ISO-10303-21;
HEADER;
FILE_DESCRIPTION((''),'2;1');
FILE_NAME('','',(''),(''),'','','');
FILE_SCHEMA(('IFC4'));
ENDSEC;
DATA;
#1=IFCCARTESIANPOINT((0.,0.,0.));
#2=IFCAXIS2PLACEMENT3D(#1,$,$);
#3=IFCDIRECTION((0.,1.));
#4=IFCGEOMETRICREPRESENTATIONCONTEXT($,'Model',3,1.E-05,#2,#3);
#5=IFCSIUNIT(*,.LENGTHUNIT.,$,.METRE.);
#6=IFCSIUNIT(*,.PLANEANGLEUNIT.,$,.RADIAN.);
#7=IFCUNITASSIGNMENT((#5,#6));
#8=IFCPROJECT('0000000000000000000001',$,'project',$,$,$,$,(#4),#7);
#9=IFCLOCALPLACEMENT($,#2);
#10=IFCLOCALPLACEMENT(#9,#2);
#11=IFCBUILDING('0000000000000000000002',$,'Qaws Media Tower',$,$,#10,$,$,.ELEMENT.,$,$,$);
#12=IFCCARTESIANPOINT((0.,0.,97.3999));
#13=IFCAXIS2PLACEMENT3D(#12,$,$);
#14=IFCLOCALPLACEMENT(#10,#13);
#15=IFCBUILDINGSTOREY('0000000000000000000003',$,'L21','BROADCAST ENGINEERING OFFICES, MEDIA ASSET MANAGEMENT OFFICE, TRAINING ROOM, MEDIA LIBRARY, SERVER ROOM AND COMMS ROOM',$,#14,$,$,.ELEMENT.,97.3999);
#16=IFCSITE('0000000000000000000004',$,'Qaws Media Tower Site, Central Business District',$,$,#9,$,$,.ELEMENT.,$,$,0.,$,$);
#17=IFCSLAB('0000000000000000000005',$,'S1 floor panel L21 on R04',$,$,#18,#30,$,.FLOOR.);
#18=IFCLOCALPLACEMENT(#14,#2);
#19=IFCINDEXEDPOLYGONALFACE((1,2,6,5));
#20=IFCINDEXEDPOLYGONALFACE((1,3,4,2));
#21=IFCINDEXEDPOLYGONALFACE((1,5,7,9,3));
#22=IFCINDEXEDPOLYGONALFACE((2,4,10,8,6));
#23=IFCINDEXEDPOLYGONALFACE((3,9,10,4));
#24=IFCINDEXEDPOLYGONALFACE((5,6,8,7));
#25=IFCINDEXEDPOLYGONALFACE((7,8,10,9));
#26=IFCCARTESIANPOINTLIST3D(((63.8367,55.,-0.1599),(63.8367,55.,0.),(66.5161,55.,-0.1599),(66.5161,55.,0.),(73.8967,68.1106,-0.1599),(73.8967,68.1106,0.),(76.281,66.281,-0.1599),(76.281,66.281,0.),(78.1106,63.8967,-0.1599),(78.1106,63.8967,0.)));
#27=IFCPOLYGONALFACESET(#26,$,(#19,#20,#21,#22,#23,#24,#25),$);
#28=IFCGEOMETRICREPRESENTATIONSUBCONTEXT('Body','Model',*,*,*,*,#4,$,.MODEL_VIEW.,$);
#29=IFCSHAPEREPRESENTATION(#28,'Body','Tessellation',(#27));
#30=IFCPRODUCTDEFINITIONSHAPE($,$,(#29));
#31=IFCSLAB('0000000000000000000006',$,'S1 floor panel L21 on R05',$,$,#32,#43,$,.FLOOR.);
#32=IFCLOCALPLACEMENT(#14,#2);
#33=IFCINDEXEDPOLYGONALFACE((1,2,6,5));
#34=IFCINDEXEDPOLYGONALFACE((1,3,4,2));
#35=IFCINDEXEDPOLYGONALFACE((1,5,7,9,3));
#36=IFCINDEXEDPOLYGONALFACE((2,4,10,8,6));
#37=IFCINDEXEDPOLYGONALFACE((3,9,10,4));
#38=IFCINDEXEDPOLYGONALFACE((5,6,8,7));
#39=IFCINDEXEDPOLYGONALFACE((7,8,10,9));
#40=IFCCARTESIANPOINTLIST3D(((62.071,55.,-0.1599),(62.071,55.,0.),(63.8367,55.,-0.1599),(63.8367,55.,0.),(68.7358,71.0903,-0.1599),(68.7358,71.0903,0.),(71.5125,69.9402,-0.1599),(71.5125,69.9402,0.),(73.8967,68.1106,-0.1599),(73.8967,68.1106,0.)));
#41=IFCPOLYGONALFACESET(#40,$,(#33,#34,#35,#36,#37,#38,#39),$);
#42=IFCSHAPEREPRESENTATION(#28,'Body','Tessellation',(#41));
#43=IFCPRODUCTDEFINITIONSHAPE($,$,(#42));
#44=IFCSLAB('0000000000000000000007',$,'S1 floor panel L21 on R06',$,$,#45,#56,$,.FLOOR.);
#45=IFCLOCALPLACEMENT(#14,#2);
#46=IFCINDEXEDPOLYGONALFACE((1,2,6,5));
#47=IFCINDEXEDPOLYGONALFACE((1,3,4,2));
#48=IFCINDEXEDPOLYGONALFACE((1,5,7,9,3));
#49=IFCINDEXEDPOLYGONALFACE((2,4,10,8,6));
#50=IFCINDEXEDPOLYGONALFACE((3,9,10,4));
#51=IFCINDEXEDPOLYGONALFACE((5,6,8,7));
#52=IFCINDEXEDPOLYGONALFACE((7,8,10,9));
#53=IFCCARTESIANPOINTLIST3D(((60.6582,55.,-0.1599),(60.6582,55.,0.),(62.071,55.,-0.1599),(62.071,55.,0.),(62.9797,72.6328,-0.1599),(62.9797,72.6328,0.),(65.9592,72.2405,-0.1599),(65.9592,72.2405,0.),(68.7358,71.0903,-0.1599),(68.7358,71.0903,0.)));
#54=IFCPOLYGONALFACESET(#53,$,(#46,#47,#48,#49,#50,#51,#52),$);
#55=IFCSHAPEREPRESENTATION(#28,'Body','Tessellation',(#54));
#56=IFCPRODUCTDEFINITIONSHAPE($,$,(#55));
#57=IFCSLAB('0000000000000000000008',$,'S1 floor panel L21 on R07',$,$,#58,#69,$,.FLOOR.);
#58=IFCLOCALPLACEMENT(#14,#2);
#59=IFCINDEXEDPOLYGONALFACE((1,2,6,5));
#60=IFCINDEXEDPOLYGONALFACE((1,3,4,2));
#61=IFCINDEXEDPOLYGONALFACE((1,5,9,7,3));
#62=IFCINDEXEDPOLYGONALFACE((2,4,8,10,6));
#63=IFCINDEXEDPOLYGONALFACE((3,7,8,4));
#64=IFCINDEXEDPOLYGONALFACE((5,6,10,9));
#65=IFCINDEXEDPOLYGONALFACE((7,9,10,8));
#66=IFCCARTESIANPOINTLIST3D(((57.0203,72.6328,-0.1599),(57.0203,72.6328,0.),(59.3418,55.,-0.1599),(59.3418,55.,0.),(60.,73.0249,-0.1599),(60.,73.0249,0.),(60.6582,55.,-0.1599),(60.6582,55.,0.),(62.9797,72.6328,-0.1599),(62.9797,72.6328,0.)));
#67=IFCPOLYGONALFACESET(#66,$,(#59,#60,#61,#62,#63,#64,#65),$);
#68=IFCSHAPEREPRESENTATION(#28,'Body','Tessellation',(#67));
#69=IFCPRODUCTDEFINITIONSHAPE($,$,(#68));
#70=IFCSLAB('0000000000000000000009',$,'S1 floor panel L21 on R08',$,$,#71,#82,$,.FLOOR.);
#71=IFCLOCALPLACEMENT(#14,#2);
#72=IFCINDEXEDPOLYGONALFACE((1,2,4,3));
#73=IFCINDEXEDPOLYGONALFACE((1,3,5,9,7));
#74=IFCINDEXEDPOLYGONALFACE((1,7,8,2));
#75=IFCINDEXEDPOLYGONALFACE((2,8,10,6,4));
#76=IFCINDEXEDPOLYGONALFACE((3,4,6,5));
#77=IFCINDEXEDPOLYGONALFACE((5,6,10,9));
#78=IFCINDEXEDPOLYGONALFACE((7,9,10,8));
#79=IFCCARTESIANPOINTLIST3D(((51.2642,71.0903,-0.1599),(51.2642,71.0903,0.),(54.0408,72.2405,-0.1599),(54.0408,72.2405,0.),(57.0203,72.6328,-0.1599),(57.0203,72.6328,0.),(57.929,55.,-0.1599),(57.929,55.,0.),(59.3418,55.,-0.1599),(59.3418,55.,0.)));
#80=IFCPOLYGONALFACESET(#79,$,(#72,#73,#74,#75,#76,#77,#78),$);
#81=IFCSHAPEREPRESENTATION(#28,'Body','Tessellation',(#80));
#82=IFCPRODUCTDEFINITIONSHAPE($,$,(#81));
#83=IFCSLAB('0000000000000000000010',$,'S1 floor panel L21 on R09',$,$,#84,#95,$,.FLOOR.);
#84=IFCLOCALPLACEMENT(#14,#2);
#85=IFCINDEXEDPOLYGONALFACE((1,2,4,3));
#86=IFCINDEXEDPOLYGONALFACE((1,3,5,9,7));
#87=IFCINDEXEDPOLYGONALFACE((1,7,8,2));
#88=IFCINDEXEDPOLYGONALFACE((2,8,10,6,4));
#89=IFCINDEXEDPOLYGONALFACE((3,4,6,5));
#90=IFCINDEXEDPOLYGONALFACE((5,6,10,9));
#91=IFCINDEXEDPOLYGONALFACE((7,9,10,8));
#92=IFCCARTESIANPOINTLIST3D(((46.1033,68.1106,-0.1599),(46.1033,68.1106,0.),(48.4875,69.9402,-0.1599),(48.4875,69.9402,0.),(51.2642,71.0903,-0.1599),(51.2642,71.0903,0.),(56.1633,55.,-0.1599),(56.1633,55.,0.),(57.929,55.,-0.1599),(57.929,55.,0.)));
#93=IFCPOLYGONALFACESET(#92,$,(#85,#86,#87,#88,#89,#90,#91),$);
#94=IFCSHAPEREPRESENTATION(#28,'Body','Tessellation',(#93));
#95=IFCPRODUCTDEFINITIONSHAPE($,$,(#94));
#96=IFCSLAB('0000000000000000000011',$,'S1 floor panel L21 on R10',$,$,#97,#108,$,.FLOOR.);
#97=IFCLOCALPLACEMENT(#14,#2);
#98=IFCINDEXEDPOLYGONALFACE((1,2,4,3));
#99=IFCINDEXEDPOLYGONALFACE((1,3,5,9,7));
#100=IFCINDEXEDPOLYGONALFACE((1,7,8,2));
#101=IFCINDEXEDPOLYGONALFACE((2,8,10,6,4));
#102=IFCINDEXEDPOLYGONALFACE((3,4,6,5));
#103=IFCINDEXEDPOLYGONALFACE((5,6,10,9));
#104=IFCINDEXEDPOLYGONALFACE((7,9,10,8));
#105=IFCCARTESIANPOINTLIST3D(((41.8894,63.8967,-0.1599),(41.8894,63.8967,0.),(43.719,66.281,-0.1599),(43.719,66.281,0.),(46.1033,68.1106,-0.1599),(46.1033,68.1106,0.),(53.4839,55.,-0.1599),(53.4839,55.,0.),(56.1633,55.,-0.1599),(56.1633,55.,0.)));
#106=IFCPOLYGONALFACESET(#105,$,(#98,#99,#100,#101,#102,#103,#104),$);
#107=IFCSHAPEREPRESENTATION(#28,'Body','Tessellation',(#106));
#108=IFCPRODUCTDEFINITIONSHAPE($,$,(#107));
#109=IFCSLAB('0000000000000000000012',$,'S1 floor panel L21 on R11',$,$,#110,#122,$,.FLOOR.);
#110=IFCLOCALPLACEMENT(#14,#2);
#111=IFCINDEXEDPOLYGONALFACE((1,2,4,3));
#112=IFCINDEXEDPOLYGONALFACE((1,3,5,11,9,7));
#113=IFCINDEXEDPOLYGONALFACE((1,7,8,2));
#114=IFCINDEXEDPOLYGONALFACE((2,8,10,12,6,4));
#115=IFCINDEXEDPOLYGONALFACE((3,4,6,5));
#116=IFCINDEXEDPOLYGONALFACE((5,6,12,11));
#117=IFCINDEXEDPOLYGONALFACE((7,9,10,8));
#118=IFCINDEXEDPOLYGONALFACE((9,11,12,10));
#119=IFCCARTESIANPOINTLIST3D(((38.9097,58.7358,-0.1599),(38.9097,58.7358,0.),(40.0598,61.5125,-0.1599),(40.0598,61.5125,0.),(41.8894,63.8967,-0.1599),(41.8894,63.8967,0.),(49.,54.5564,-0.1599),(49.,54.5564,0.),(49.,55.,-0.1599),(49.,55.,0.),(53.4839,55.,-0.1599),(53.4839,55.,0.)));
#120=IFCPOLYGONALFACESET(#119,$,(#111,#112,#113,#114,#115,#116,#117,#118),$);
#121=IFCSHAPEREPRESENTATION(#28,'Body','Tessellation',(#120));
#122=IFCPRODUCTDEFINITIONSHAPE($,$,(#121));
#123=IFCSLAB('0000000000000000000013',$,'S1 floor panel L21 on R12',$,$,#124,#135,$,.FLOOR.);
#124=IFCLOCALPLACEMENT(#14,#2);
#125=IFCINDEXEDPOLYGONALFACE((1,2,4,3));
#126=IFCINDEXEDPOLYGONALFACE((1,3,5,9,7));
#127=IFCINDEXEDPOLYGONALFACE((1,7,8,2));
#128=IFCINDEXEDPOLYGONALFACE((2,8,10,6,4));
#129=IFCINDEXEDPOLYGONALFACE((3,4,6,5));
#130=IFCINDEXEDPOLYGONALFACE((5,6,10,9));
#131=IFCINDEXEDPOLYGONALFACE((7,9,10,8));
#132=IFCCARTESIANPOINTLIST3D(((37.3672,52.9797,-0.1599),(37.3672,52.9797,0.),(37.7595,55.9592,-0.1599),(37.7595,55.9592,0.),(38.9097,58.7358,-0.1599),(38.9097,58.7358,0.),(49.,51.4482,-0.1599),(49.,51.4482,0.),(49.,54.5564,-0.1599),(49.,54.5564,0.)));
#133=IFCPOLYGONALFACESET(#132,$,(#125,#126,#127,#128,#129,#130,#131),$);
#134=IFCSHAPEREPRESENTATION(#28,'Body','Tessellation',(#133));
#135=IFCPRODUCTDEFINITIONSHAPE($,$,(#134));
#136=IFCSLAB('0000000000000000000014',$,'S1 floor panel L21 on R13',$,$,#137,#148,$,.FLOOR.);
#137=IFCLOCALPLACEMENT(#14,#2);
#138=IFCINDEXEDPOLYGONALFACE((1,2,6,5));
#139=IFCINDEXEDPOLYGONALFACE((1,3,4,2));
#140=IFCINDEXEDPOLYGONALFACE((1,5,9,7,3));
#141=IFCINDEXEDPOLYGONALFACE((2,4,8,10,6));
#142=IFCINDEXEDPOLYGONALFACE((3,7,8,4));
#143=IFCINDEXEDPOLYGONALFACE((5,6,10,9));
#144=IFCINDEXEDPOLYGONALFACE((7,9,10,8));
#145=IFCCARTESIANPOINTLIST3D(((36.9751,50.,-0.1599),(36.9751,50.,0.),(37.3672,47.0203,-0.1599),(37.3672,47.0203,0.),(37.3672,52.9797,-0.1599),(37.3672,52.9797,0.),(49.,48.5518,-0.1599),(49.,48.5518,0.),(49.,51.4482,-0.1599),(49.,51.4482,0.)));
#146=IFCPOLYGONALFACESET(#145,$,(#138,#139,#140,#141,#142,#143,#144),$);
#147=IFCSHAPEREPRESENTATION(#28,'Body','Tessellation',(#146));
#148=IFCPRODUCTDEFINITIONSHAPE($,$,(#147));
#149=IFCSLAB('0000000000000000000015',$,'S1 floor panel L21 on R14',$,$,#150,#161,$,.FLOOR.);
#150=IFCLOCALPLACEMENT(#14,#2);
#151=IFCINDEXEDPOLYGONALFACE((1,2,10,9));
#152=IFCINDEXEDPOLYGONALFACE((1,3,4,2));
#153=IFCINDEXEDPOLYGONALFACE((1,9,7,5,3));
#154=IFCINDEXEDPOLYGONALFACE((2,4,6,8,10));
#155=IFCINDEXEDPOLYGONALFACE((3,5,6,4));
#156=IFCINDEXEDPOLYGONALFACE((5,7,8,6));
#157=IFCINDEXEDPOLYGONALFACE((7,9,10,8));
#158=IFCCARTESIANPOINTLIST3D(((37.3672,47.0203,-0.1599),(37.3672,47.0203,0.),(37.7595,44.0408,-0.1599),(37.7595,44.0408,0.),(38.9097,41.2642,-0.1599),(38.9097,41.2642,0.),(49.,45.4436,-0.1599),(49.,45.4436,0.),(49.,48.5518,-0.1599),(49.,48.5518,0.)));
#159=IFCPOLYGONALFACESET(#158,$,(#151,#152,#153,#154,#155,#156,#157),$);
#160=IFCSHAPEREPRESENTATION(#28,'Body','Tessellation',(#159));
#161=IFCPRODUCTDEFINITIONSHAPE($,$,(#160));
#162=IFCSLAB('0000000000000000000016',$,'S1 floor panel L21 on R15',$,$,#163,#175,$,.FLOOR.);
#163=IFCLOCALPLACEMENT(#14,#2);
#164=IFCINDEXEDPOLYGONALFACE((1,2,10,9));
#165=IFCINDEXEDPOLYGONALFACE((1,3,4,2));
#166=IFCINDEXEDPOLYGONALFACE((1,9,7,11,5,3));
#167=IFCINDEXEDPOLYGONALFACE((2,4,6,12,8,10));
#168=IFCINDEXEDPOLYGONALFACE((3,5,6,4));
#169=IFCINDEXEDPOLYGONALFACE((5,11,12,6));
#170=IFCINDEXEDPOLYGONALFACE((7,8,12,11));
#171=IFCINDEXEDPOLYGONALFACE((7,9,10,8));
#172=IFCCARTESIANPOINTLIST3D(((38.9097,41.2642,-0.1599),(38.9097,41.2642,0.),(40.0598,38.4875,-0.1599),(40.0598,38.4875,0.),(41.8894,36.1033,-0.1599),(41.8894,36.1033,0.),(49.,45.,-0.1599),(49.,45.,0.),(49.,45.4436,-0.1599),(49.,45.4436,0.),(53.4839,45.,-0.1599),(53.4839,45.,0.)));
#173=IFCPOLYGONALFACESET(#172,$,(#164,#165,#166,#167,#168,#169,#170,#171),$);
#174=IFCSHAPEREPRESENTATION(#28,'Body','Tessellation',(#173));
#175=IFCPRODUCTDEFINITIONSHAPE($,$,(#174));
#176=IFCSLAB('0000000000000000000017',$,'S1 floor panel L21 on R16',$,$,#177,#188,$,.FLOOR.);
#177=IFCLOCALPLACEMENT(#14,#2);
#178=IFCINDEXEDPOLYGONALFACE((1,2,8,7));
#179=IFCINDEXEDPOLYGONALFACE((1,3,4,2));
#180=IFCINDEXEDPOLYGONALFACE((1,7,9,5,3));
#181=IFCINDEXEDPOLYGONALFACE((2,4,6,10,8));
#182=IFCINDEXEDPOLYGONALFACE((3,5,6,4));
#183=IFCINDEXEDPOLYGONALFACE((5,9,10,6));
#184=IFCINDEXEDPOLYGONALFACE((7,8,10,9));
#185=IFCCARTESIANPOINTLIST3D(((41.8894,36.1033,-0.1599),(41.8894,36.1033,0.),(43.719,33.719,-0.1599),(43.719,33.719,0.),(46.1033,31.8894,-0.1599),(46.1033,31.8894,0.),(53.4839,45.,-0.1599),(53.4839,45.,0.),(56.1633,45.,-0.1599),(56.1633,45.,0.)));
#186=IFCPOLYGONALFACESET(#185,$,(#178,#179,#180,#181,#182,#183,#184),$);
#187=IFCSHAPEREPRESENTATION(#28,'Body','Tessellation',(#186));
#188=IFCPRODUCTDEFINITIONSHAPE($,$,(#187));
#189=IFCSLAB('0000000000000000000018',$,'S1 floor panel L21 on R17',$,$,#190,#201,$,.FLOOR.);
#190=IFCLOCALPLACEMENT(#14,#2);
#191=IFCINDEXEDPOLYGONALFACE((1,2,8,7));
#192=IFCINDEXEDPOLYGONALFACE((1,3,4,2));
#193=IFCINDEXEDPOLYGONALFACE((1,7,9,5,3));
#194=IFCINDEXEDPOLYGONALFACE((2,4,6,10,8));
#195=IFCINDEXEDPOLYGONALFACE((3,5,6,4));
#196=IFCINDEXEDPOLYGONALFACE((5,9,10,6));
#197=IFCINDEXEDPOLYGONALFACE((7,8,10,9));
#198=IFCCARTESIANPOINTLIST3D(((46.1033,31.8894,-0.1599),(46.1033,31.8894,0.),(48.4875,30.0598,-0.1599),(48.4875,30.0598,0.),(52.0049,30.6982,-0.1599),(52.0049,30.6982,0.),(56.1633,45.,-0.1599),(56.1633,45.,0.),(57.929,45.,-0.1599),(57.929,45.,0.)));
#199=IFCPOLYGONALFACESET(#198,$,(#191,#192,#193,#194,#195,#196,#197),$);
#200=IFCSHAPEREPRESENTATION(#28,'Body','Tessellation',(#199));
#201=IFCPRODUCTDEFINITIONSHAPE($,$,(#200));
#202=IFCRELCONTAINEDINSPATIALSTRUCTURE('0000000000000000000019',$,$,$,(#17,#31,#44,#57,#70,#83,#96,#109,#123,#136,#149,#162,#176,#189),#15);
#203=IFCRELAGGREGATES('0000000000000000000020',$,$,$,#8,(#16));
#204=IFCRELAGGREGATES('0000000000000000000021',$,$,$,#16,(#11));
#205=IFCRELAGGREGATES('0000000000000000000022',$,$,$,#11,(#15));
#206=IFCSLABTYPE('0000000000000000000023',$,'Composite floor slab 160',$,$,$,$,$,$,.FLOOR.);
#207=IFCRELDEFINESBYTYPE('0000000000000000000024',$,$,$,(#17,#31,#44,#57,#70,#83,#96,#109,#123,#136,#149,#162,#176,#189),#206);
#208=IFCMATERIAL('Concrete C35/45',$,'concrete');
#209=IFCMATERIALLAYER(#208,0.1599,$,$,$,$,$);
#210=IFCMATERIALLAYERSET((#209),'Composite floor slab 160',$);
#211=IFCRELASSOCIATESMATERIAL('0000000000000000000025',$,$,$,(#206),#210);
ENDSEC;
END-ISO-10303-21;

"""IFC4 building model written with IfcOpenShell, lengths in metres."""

from ifc_helpers import new_model, si_unit, direction, frame, origin, place, context, subcontext, project, spatial, polyline, outline, extrude, material, layer, layer_set, type_object, element, save


model = new_model("IFC4")

# Units and contexts
model_context = context("Model", 3, precision=1e-05, world=origin(), true_north=direction((0.0, 1.0)))
body_context = subcontext(model_context, "Body", "Model", "MODEL_VIEW")
ifc_project = project(units=[si_unit("LENGTHUNIT", "METRE"), si_unit("PLANEANGLEUNIT", "RADIAN")], contexts=[model_context])

# Site, building, storey
site_placement = place(None, origin())
site = spatial("IfcSite", under=ifc_project, at=site_placement, Name="Qaws Media Tower Site, Central Business District", CompositionType="ELEMENT", RefElevation=0.0)
building_placement = place(site_placement, origin())
building = spatial("IfcBuilding", under=site, at=building_placement, Name="Qaws Media Tower", CompositionType="ELEMENT")
storey_placement = place(building_placement, frame((0.0, 0.0, 97.3999)))
storey = spatial("IfcBuildingStorey", under=building, at=storey_placement, Name="L21", Description="BROADCAST ENGINEERING OFFICES, MEDIA ASSET MANAGEMENT OFFICE, TRAINING ROOM, MEDIA LIBRARY, SERVER ROOM AND COMMS ROOM", CompositionType="ELEMENT", Elevation=97.3999)

# Slabs
ifc_material_1 = material(Name="Concrete C35/45", Category="concrete")
ifc_layer_1 = layer(ifc_material_1, 0.1599)
ifc_layer_set_1 = layer_set([ifc_layer_1], Name="Composite floor slab 160")
slab_type_1 = type_object("IfcSlabType", Name="Composite floor slab 160", PredefinedType="FLOOR", material=ifc_layer_set_1)
slab_1_placement = place(storey_placement, frame((0.0, 0.0, -0.1599)))
element("IfcSlab", 1, at=slab_1_placement, inside=storey, type_object=slab_type_1, Name="S1 floor panel L21 on R04", PredefinedType="FLOOR", context=body_context, shape_type="SweptSolid", body=[
    extrude(outline(polyline([(76.281, 66.281), (78.1106, 63.8967), (66.5161, 55.0), (63.8367, 55.0), (73.8967, 68.1106), (76.281, 66.281)])), origin(), (0.0, 0.0, 1.0), 0.1599),
])
slab_2_placement = place(storey_placement, frame((0.0, 0.0, -0.1599)))
element("IfcSlab", 2, at=slab_2_placement, inside=storey, type_object=slab_type_1, Name="S1 floor panel L21 on R05", PredefinedType="FLOOR", context=body_context, shape_type="SweptSolid", body=[
    extrude(outline(polyline([(71.5125, 69.9402), (73.8967, 68.1106), (63.8367, 55.0), (62.071, 55.0), (68.7358, 71.0903), (71.5125, 69.9402)])), origin(), (0.0, 0.0, 1.0), 0.1599),
])
slab_3_placement = place(storey_placement, frame((0.0, 0.0, -0.1599)))
element("IfcSlab", 3, at=slab_3_placement, inside=storey, type_object=slab_type_1, Name="S1 floor panel L21 on R06", PredefinedType="FLOOR", context=body_context, shape_type="SweptSolid", body=[
    extrude(outline(polyline([(65.9592, 72.2405), (68.7358, 71.0903), (62.071, 55.0), (60.6582, 55.0), (62.9797, 72.6328), (65.9592, 72.2405)])), origin(), (0.0, 0.0, 1.0), 0.1599),
])
slab_4_placement = place(storey_placement, frame((0.0, 0.0, -0.1599)))
element("IfcSlab", 4, at=slab_4_placement, inside=storey, type_object=slab_type_1, Name="S1 floor panel L21 on R07", PredefinedType="FLOOR", context=body_context, shape_type="SweptSolid", body=[
    extrude(outline(polyline([(60.0, 73.0249), (62.9797, 72.6328), (60.6582, 55.0), (59.3418, 55.0), (57.0203, 72.6328), (60.0, 73.0249)])), origin(), (0.0, 0.0, 1.0), 0.1599),
])
slab_5_placement = place(storey_placement, frame((0.0, 0.0, -0.1599)))
element("IfcSlab", 5, at=slab_5_placement, inside=storey, type_object=slab_type_1, Name="S1 floor panel L21 on R08", PredefinedType="FLOOR", context=body_context, shape_type="SweptSolid", body=[
    extrude(outline(polyline([(54.0408, 72.2405), (57.0203, 72.6328), (59.3418, 55.0), (57.929, 55.0), (51.2642, 71.0903), (54.0408, 72.2405)])), origin(), (0.0, 0.0, 1.0), 0.1599),
])
slab_6_placement = place(storey_placement, frame((0.0, 0.0, -0.1599)))
element("IfcSlab", 6, at=slab_6_placement, inside=storey, type_object=slab_type_1, Name="S1 floor panel L21 on R09", PredefinedType="FLOOR", context=body_context, shape_type="SweptSolid", body=[
    extrude(outline(polyline([(48.4875, 69.9402), (51.2642, 71.0903), (57.929, 55.0), (56.1633, 55.0), (46.1033, 68.1106), (48.4875, 69.9402)])), origin(), (0.0, 0.0, 1.0), 0.1599),
])
slab_7_placement = place(storey_placement, frame((0.0, 0.0, -0.1599)))
element("IfcSlab", 7, at=slab_7_placement, inside=storey, type_object=slab_type_1, Name="S1 floor panel L21 on R10", PredefinedType="FLOOR", context=body_context, shape_type="SweptSolid", body=[
    extrude(outline(polyline([(43.719, 66.281), (46.1033, 68.1106), (56.1633, 55.0), (53.4839, 55.0), (41.8894, 63.8967), (43.719, 66.281)])), origin(), (0.0, 0.0, 1.0), 0.1599),
])
slab_8_placement = place(storey_placement, frame((0.0, 0.0, -0.1599)))
element("IfcSlab", 8, at=slab_8_placement, inside=storey, type_object=slab_type_1, Name="S1 floor panel L21 on R11", PredefinedType="FLOOR", context=body_context, shape_type="SweptSolid", body=[
    extrude(outline(polyline([(40.0598, 61.5125), (41.8894, 63.8967), (53.4839, 55.0), (49.0, 55.0), (49.0, 54.5564), (38.9097, 58.7358), (40.0598, 61.5125)])), origin(), (0.0, 0.0, 1.0), 0.1599),
])
slab_9_placement = place(storey_placement, frame((0.0, 0.0, -0.1599)))
element("IfcSlab", 9, at=slab_9_placement, inside=storey, type_object=slab_type_1, Name="S1 floor panel L21 on R12", PredefinedType="FLOOR", context=body_context, shape_type="SweptSolid", body=[
    extrude(outline(polyline([(37.7595, 55.9592), (38.9097, 58.7358), (49.0, 54.5564), (49.0, 51.4482), (37.3672, 52.9797), (37.7595, 55.9592)])), origin(), (0.0, 0.0, 1.0), 0.1599),
])
slab_10_placement = place(storey_placement, frame((0.0, 0.0, -0.1599)))
element("IfcSlab", 10, at=slab_10_placement, inside=storey, type_object=slab_type_1, Name="S1 floor panel L21 on R13", PredefinedType="FLOOR", context=body_context, shape_type="SweptSolid", body=[
    extrude(outline(polyline([(36.9751, 50.0), (37.3672, 52.9797), (49.0, 51.4482), (49.0, 48.5518), (37.3672, 47.0203), (36.9751, 50.0)])), origin(), (0.0, 0.0, 1.0), 0.1599),
])
slab_11_placement = place(storey_placement, frame((0.0, 0.0, -0.1599)))
element("IfcSlab", 11, at=slab_11_placement, inside=storey, type_object=slab_type_1, Name="S1 floor panel L21 on R14", PredefinedType="FLOOR", context=body_context, shape_type="SweptSolid", body=[
    extrude(outline(polyline([(37.7595, 44.0408), (37.3672, 47.0203), (49.0, 48.5518), (49.0, 45.4436), (38.9097, 41.2642), (37.7595, 44.0408)])), origin(), (0.0, 0.0, 1.0), 0.1599),
])
slab_12_placement = place(storey_placement, frame((0.0, 0.0, -0.1599)))
element("IfcSlab", 12, at=slab_12_placement, inside=storey, type_object=slab_type_1, Name="S1 floor panel L21 on R15", PredefinedType="FLOOR", context=body_context, shape_type="SweptSolid", body=[
    extrude(outline(polyline([(40.0598, 38.4875), (38.9097, 41.2642), (49.0, 45.4436), (49.0, 45.0), (53.4839, 45.0), (41.8894, 36.1033), (40.0598, 38.4875)])), origin(), (0.0, 0.0, 1.0), 0.1599),
])
slab_13_placement = place(storey_placement, frame((0.0, 0.0, -0.1599)))
element("IfcSlab", 13, at=slab_13_placement, inside=storey, type_object=slab_type_1, Name="S1 floor panel L21 on R16", PredefinedType="FLOOR", context=body_context, shape_type="SweptSolid", body=[
    extrude(outline(polyline([(43.719, 33.719), (41.8894, 36.1033), (53.4839, 45.0), (56.1633, 45.0), (46.1033, 31.8894), (43.719, 33.719)])), origin(), (0.0, 0.0, 1.0), 0.1599),
])
slab_14_placement = place(storey_placement, frame((0.0, 0.0, -0.1599)))
element("IfcSlab", 14, at=slab_14_placement, inside=storey, type_object=slab_type_1, Name="S1 floor panel L21 on R17", PredefinedType="FLOOR", context=body_context, shape_type="SweptSolid", body=[
    extrude(outline(polyline([(48.4875, 30.0598), (46.1033, 31.8894), (56.1633, 45.0), (57.929, 45.0), (52.0049, 30.6982), (48.4875, 30.0598)])), origin(), (0.0, 0.0, 1.0), 0.1599),
])

save(model, "model.ifc")
